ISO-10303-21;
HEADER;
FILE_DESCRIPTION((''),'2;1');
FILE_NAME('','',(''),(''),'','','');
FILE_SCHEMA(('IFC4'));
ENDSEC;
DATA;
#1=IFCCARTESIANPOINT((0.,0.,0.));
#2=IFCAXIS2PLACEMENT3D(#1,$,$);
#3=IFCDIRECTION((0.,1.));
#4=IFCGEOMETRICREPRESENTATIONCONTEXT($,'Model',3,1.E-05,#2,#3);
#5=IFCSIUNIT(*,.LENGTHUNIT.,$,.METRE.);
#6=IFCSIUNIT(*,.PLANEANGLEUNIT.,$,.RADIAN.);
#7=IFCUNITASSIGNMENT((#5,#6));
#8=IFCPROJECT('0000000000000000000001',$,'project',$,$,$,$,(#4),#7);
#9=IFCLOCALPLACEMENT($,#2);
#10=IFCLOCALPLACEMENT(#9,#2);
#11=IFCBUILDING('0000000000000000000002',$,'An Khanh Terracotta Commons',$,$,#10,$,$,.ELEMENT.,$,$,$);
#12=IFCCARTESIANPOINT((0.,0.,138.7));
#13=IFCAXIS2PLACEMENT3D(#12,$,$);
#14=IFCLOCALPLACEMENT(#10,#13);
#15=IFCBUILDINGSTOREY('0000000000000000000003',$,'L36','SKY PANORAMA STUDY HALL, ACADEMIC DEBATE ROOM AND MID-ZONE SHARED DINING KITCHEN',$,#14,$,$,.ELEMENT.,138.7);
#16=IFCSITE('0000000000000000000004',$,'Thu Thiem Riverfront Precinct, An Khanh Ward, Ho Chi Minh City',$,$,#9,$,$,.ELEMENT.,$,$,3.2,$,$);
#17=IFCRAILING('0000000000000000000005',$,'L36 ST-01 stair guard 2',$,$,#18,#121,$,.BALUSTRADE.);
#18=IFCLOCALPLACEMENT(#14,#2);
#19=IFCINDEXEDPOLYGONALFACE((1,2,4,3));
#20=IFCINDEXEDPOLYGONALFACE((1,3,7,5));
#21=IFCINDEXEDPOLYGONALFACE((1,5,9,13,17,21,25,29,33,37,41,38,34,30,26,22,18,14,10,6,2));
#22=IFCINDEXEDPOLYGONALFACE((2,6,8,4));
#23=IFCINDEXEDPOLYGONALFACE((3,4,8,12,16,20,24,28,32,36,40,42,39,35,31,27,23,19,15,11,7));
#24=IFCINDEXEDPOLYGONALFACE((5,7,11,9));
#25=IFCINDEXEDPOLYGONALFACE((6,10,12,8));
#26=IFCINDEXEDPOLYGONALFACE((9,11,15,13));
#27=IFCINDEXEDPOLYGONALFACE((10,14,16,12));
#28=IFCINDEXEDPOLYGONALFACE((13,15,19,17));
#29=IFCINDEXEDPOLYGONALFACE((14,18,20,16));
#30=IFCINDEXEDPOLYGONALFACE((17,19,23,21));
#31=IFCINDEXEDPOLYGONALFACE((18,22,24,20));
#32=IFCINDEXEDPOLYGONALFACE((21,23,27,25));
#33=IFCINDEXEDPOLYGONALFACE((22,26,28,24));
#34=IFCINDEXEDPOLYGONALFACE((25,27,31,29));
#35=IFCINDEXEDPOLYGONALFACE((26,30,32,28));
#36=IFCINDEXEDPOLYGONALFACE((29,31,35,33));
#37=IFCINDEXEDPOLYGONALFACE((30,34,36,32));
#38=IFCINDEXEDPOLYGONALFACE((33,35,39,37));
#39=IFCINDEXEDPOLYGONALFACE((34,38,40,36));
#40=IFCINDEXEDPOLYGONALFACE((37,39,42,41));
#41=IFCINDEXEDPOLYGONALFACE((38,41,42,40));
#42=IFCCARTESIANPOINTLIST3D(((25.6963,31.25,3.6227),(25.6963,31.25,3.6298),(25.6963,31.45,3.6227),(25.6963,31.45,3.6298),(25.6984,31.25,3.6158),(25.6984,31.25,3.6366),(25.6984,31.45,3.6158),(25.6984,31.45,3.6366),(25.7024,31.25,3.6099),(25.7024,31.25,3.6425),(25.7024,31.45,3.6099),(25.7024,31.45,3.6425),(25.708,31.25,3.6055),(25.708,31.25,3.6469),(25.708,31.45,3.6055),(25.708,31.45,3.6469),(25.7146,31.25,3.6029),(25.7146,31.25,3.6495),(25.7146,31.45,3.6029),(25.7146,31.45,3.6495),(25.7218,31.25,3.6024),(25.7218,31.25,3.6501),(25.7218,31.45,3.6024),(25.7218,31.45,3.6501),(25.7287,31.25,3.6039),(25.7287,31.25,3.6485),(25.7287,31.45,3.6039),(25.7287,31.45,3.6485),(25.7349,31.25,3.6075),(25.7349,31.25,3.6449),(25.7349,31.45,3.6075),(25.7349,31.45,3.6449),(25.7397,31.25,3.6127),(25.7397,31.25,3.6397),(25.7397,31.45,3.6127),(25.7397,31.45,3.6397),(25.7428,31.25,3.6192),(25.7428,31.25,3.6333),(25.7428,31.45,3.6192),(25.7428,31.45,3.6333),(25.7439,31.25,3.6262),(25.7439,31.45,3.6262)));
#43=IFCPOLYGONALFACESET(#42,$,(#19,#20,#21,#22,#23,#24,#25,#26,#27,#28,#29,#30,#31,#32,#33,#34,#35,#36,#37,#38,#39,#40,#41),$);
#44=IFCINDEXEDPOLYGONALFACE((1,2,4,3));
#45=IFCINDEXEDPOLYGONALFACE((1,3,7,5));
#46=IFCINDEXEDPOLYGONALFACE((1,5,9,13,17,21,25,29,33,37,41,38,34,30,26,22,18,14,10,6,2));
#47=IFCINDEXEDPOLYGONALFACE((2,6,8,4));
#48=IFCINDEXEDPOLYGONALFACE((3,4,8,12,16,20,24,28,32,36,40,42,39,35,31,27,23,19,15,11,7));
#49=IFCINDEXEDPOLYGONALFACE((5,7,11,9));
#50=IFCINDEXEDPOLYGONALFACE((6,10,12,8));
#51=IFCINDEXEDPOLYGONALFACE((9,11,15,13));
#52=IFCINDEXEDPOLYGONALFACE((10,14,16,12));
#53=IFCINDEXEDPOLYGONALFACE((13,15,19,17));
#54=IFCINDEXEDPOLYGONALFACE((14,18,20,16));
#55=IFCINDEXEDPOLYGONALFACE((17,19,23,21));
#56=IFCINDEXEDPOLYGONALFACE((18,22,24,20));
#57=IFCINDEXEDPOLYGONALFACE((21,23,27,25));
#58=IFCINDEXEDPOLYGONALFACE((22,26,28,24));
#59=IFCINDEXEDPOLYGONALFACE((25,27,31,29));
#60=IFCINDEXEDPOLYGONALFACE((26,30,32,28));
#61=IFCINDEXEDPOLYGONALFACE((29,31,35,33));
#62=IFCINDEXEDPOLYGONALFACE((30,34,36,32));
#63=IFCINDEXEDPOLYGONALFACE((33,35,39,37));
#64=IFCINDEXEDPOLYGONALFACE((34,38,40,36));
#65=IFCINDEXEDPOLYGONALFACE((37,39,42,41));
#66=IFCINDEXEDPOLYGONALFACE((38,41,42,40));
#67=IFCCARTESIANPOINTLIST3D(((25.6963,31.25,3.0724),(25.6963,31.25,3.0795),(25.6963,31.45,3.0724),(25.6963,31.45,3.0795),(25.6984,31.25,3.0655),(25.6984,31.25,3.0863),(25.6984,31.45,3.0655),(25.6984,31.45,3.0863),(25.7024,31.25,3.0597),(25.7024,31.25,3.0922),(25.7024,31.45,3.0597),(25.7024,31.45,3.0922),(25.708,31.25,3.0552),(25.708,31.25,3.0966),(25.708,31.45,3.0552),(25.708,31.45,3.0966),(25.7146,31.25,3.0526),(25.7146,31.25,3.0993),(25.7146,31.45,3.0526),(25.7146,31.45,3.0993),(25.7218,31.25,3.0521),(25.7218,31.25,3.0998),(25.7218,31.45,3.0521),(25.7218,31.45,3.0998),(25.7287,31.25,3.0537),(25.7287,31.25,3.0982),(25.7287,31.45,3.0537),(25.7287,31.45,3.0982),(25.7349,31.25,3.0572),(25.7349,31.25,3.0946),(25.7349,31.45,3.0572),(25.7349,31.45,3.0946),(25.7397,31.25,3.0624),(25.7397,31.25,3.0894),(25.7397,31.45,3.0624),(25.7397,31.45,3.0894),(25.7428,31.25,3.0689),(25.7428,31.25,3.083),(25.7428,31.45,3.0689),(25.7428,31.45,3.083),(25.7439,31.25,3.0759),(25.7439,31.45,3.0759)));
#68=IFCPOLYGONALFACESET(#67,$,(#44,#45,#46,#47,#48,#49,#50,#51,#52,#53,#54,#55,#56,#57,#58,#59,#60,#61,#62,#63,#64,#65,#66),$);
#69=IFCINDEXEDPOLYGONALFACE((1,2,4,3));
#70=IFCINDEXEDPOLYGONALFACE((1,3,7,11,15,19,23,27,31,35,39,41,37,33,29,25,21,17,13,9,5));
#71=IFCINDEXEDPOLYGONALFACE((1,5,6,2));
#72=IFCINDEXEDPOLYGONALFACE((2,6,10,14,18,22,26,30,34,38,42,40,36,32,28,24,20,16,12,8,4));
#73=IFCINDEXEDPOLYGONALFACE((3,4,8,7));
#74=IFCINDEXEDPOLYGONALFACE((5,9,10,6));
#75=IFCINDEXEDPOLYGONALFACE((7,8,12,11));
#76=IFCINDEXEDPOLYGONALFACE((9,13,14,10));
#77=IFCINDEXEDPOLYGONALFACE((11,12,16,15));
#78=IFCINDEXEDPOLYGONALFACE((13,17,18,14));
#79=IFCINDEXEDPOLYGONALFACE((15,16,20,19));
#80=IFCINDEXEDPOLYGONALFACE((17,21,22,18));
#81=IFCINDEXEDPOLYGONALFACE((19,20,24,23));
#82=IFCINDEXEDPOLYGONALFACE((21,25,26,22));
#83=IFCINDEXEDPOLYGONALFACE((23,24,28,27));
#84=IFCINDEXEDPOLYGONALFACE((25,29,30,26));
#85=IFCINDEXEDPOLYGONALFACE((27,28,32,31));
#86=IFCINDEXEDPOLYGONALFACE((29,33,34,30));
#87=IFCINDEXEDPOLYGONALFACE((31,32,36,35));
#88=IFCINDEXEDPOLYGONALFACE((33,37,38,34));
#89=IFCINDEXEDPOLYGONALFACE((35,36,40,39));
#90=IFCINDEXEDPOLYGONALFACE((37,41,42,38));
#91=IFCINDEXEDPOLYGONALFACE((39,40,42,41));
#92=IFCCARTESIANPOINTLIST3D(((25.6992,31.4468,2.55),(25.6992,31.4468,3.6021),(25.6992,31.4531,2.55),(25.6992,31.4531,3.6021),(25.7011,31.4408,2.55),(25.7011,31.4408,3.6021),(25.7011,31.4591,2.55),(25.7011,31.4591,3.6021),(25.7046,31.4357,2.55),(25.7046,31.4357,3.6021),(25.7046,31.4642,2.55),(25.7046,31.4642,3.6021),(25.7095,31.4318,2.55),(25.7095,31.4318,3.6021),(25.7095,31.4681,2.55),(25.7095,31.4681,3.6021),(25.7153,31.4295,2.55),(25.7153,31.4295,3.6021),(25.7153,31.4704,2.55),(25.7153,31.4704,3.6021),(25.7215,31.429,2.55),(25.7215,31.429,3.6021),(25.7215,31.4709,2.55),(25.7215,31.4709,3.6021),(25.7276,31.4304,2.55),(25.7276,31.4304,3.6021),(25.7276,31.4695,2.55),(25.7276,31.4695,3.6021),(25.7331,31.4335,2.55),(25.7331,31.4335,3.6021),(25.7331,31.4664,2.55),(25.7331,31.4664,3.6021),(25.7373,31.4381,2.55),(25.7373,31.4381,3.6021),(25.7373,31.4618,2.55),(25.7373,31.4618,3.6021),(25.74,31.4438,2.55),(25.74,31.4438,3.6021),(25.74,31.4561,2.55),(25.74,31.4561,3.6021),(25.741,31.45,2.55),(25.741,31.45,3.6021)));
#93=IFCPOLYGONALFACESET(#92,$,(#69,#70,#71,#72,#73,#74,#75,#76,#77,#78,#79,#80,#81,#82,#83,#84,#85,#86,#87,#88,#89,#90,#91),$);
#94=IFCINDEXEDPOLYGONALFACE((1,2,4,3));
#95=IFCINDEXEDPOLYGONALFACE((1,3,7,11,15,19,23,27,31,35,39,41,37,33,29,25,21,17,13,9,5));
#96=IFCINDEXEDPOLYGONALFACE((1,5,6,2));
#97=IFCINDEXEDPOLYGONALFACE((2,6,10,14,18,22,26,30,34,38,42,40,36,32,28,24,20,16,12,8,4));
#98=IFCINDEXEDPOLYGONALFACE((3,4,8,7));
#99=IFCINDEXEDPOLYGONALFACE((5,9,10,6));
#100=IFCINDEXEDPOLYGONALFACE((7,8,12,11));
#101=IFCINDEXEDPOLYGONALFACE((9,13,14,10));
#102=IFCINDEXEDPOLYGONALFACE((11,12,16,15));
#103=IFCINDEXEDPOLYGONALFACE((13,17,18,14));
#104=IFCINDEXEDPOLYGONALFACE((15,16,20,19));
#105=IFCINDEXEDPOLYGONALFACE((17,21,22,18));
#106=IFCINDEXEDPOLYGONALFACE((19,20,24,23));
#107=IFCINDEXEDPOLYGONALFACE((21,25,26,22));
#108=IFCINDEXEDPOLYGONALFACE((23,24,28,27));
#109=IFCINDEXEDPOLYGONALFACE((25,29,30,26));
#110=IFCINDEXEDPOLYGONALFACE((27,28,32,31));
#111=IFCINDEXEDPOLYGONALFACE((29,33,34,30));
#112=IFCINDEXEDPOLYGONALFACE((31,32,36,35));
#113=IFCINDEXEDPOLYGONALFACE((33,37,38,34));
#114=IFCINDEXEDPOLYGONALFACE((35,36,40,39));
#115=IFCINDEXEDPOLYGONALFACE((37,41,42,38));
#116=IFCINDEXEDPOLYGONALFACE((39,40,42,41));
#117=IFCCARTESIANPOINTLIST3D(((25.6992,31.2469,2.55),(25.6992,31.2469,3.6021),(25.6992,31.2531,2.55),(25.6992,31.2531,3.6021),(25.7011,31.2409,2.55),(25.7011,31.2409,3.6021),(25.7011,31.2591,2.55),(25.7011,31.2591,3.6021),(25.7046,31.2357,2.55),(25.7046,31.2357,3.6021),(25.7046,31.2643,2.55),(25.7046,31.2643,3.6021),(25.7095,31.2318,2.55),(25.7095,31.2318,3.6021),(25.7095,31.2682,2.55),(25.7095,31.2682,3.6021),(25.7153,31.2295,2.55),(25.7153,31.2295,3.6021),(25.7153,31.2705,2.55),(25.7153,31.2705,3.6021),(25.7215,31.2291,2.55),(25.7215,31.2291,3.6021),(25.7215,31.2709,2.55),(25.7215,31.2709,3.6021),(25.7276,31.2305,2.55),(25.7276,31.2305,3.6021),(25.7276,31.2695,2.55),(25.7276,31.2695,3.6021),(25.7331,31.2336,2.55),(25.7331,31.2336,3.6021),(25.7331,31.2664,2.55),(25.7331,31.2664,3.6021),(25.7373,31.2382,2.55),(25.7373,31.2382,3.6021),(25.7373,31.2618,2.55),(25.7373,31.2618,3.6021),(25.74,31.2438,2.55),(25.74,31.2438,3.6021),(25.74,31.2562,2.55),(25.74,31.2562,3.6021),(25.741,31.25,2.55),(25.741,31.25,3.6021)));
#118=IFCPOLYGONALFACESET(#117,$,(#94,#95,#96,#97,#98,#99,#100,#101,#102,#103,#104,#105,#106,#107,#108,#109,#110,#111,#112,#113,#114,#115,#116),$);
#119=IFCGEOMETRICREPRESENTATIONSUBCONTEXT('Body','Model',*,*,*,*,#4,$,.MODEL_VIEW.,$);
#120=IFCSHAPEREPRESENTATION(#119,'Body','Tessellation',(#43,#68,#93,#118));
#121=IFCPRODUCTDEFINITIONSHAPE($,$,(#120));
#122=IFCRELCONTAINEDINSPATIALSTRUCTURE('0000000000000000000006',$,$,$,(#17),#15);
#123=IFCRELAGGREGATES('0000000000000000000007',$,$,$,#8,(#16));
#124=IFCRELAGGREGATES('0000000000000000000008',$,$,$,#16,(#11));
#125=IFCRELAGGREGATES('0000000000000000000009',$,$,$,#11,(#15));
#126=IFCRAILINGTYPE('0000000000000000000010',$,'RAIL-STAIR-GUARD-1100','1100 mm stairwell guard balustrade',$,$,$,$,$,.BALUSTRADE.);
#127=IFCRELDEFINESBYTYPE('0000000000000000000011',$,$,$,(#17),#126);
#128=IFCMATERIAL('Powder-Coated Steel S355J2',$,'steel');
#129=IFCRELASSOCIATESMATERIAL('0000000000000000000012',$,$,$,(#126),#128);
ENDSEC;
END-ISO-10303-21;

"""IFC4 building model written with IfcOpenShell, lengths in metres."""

from ifc_helpers import new_model, si_unit, direction, frame, origin, origin_2d, place, context, subcontext, project, spatial, circle, extrude, material, type_object, element, save


model = new_model("IFC4")

# Units and contexts
model_context = context("Model", 3, precision=1e-05, world=origin(), true_north=direction((0.0, 1.0)))
body_context = subcontext(model_context, "Body", "Model", "MODEL_VIEW")
ifc_project = project(units=[si_unit("LENGTHUNIT", "METRE"), si_unit("PLANEANGLEUNIT", "RADIAN")], contexts=[model_context])

# Site, building, storey
site_placement = place(None, origin())
site = spatial("IfcSite", under=ifc_project, at=site_placement, Name="Thu Thiem Riverfront Precinct, An Khanh Ward, Ho Chi Minh City", CompositionType="ELEMENT", RefElevation=3.2)
building_placement = place(site_placement, origin())
building = spatial("IfcBuilding", under=site, at=building_placement, Name="An Khanh Terracotta Commons", CompositionType="ELEMENT")
storey_placement = place(building_placement, frame((0.0, 0.0, 138.7)))
storey = spatial("IfcBuildingStorey", under=building, at=storey_placement, Name="L36", Description="SKY PANORAMA STUDY HALL, ACADEMIC DEBATE ROOM AND MID-ZONE SHARED DINING KITCHEN", CompositionType="ELEMENT", Elevation=138.7)

# Railing
ifc_material_1 = material(Name="Powder-Coated Steel S355J2", Category="steel")
railing_type_1 = type_object("IfcRailingType", Name="RAIL-STAIR-GUARD-1100", Description="1100 mm stairwell guard balustrade", PredefinedType="BALUSTRADE", material=ifc_material_1)
railing_1_placement = place(storey_placement, frame((25.72, 31.45, 2.55)))
element("IfcRailing", 1, at=railing_1_placement, inside=storey, type_object=railing_type_1, Name="L36 ST-01 stair guard 2", PredefinedType="BALUSTRADE", context=body_context, shape_type="SweptSolid", body=[
    extrude(circle(Radius=0.0239, at=origin_2d()), frame((0.0, 0.0, 1.0762), z_axis=(0.0, -1.0, 0.0), x_axis=(1.0, 0.0, 0.0)), (0.0, 0.0, 1.0), 0.2),
    extrude(circle(Radius=0.0239, at=origin_2d()), frame((0.0, 0.0, 0.5259), z_axis=(0.0, -1.0, 0.0), x_axis=(1.0, 0.0, 0.0)), (0.0, 0.0, 1.0), 0.2),
    extrude(circle(Radius=0.021, at=origin_2d()), origin(), (0.0, 0.0, 1.0), 1.052),
    extrude(circle(Radius=0.021, at=origin_2d()), frame((0.0, -0.2, 0.0)), (0.0, 0.0, 1.0), 1.052),
])

save(model, "model.ifc")
